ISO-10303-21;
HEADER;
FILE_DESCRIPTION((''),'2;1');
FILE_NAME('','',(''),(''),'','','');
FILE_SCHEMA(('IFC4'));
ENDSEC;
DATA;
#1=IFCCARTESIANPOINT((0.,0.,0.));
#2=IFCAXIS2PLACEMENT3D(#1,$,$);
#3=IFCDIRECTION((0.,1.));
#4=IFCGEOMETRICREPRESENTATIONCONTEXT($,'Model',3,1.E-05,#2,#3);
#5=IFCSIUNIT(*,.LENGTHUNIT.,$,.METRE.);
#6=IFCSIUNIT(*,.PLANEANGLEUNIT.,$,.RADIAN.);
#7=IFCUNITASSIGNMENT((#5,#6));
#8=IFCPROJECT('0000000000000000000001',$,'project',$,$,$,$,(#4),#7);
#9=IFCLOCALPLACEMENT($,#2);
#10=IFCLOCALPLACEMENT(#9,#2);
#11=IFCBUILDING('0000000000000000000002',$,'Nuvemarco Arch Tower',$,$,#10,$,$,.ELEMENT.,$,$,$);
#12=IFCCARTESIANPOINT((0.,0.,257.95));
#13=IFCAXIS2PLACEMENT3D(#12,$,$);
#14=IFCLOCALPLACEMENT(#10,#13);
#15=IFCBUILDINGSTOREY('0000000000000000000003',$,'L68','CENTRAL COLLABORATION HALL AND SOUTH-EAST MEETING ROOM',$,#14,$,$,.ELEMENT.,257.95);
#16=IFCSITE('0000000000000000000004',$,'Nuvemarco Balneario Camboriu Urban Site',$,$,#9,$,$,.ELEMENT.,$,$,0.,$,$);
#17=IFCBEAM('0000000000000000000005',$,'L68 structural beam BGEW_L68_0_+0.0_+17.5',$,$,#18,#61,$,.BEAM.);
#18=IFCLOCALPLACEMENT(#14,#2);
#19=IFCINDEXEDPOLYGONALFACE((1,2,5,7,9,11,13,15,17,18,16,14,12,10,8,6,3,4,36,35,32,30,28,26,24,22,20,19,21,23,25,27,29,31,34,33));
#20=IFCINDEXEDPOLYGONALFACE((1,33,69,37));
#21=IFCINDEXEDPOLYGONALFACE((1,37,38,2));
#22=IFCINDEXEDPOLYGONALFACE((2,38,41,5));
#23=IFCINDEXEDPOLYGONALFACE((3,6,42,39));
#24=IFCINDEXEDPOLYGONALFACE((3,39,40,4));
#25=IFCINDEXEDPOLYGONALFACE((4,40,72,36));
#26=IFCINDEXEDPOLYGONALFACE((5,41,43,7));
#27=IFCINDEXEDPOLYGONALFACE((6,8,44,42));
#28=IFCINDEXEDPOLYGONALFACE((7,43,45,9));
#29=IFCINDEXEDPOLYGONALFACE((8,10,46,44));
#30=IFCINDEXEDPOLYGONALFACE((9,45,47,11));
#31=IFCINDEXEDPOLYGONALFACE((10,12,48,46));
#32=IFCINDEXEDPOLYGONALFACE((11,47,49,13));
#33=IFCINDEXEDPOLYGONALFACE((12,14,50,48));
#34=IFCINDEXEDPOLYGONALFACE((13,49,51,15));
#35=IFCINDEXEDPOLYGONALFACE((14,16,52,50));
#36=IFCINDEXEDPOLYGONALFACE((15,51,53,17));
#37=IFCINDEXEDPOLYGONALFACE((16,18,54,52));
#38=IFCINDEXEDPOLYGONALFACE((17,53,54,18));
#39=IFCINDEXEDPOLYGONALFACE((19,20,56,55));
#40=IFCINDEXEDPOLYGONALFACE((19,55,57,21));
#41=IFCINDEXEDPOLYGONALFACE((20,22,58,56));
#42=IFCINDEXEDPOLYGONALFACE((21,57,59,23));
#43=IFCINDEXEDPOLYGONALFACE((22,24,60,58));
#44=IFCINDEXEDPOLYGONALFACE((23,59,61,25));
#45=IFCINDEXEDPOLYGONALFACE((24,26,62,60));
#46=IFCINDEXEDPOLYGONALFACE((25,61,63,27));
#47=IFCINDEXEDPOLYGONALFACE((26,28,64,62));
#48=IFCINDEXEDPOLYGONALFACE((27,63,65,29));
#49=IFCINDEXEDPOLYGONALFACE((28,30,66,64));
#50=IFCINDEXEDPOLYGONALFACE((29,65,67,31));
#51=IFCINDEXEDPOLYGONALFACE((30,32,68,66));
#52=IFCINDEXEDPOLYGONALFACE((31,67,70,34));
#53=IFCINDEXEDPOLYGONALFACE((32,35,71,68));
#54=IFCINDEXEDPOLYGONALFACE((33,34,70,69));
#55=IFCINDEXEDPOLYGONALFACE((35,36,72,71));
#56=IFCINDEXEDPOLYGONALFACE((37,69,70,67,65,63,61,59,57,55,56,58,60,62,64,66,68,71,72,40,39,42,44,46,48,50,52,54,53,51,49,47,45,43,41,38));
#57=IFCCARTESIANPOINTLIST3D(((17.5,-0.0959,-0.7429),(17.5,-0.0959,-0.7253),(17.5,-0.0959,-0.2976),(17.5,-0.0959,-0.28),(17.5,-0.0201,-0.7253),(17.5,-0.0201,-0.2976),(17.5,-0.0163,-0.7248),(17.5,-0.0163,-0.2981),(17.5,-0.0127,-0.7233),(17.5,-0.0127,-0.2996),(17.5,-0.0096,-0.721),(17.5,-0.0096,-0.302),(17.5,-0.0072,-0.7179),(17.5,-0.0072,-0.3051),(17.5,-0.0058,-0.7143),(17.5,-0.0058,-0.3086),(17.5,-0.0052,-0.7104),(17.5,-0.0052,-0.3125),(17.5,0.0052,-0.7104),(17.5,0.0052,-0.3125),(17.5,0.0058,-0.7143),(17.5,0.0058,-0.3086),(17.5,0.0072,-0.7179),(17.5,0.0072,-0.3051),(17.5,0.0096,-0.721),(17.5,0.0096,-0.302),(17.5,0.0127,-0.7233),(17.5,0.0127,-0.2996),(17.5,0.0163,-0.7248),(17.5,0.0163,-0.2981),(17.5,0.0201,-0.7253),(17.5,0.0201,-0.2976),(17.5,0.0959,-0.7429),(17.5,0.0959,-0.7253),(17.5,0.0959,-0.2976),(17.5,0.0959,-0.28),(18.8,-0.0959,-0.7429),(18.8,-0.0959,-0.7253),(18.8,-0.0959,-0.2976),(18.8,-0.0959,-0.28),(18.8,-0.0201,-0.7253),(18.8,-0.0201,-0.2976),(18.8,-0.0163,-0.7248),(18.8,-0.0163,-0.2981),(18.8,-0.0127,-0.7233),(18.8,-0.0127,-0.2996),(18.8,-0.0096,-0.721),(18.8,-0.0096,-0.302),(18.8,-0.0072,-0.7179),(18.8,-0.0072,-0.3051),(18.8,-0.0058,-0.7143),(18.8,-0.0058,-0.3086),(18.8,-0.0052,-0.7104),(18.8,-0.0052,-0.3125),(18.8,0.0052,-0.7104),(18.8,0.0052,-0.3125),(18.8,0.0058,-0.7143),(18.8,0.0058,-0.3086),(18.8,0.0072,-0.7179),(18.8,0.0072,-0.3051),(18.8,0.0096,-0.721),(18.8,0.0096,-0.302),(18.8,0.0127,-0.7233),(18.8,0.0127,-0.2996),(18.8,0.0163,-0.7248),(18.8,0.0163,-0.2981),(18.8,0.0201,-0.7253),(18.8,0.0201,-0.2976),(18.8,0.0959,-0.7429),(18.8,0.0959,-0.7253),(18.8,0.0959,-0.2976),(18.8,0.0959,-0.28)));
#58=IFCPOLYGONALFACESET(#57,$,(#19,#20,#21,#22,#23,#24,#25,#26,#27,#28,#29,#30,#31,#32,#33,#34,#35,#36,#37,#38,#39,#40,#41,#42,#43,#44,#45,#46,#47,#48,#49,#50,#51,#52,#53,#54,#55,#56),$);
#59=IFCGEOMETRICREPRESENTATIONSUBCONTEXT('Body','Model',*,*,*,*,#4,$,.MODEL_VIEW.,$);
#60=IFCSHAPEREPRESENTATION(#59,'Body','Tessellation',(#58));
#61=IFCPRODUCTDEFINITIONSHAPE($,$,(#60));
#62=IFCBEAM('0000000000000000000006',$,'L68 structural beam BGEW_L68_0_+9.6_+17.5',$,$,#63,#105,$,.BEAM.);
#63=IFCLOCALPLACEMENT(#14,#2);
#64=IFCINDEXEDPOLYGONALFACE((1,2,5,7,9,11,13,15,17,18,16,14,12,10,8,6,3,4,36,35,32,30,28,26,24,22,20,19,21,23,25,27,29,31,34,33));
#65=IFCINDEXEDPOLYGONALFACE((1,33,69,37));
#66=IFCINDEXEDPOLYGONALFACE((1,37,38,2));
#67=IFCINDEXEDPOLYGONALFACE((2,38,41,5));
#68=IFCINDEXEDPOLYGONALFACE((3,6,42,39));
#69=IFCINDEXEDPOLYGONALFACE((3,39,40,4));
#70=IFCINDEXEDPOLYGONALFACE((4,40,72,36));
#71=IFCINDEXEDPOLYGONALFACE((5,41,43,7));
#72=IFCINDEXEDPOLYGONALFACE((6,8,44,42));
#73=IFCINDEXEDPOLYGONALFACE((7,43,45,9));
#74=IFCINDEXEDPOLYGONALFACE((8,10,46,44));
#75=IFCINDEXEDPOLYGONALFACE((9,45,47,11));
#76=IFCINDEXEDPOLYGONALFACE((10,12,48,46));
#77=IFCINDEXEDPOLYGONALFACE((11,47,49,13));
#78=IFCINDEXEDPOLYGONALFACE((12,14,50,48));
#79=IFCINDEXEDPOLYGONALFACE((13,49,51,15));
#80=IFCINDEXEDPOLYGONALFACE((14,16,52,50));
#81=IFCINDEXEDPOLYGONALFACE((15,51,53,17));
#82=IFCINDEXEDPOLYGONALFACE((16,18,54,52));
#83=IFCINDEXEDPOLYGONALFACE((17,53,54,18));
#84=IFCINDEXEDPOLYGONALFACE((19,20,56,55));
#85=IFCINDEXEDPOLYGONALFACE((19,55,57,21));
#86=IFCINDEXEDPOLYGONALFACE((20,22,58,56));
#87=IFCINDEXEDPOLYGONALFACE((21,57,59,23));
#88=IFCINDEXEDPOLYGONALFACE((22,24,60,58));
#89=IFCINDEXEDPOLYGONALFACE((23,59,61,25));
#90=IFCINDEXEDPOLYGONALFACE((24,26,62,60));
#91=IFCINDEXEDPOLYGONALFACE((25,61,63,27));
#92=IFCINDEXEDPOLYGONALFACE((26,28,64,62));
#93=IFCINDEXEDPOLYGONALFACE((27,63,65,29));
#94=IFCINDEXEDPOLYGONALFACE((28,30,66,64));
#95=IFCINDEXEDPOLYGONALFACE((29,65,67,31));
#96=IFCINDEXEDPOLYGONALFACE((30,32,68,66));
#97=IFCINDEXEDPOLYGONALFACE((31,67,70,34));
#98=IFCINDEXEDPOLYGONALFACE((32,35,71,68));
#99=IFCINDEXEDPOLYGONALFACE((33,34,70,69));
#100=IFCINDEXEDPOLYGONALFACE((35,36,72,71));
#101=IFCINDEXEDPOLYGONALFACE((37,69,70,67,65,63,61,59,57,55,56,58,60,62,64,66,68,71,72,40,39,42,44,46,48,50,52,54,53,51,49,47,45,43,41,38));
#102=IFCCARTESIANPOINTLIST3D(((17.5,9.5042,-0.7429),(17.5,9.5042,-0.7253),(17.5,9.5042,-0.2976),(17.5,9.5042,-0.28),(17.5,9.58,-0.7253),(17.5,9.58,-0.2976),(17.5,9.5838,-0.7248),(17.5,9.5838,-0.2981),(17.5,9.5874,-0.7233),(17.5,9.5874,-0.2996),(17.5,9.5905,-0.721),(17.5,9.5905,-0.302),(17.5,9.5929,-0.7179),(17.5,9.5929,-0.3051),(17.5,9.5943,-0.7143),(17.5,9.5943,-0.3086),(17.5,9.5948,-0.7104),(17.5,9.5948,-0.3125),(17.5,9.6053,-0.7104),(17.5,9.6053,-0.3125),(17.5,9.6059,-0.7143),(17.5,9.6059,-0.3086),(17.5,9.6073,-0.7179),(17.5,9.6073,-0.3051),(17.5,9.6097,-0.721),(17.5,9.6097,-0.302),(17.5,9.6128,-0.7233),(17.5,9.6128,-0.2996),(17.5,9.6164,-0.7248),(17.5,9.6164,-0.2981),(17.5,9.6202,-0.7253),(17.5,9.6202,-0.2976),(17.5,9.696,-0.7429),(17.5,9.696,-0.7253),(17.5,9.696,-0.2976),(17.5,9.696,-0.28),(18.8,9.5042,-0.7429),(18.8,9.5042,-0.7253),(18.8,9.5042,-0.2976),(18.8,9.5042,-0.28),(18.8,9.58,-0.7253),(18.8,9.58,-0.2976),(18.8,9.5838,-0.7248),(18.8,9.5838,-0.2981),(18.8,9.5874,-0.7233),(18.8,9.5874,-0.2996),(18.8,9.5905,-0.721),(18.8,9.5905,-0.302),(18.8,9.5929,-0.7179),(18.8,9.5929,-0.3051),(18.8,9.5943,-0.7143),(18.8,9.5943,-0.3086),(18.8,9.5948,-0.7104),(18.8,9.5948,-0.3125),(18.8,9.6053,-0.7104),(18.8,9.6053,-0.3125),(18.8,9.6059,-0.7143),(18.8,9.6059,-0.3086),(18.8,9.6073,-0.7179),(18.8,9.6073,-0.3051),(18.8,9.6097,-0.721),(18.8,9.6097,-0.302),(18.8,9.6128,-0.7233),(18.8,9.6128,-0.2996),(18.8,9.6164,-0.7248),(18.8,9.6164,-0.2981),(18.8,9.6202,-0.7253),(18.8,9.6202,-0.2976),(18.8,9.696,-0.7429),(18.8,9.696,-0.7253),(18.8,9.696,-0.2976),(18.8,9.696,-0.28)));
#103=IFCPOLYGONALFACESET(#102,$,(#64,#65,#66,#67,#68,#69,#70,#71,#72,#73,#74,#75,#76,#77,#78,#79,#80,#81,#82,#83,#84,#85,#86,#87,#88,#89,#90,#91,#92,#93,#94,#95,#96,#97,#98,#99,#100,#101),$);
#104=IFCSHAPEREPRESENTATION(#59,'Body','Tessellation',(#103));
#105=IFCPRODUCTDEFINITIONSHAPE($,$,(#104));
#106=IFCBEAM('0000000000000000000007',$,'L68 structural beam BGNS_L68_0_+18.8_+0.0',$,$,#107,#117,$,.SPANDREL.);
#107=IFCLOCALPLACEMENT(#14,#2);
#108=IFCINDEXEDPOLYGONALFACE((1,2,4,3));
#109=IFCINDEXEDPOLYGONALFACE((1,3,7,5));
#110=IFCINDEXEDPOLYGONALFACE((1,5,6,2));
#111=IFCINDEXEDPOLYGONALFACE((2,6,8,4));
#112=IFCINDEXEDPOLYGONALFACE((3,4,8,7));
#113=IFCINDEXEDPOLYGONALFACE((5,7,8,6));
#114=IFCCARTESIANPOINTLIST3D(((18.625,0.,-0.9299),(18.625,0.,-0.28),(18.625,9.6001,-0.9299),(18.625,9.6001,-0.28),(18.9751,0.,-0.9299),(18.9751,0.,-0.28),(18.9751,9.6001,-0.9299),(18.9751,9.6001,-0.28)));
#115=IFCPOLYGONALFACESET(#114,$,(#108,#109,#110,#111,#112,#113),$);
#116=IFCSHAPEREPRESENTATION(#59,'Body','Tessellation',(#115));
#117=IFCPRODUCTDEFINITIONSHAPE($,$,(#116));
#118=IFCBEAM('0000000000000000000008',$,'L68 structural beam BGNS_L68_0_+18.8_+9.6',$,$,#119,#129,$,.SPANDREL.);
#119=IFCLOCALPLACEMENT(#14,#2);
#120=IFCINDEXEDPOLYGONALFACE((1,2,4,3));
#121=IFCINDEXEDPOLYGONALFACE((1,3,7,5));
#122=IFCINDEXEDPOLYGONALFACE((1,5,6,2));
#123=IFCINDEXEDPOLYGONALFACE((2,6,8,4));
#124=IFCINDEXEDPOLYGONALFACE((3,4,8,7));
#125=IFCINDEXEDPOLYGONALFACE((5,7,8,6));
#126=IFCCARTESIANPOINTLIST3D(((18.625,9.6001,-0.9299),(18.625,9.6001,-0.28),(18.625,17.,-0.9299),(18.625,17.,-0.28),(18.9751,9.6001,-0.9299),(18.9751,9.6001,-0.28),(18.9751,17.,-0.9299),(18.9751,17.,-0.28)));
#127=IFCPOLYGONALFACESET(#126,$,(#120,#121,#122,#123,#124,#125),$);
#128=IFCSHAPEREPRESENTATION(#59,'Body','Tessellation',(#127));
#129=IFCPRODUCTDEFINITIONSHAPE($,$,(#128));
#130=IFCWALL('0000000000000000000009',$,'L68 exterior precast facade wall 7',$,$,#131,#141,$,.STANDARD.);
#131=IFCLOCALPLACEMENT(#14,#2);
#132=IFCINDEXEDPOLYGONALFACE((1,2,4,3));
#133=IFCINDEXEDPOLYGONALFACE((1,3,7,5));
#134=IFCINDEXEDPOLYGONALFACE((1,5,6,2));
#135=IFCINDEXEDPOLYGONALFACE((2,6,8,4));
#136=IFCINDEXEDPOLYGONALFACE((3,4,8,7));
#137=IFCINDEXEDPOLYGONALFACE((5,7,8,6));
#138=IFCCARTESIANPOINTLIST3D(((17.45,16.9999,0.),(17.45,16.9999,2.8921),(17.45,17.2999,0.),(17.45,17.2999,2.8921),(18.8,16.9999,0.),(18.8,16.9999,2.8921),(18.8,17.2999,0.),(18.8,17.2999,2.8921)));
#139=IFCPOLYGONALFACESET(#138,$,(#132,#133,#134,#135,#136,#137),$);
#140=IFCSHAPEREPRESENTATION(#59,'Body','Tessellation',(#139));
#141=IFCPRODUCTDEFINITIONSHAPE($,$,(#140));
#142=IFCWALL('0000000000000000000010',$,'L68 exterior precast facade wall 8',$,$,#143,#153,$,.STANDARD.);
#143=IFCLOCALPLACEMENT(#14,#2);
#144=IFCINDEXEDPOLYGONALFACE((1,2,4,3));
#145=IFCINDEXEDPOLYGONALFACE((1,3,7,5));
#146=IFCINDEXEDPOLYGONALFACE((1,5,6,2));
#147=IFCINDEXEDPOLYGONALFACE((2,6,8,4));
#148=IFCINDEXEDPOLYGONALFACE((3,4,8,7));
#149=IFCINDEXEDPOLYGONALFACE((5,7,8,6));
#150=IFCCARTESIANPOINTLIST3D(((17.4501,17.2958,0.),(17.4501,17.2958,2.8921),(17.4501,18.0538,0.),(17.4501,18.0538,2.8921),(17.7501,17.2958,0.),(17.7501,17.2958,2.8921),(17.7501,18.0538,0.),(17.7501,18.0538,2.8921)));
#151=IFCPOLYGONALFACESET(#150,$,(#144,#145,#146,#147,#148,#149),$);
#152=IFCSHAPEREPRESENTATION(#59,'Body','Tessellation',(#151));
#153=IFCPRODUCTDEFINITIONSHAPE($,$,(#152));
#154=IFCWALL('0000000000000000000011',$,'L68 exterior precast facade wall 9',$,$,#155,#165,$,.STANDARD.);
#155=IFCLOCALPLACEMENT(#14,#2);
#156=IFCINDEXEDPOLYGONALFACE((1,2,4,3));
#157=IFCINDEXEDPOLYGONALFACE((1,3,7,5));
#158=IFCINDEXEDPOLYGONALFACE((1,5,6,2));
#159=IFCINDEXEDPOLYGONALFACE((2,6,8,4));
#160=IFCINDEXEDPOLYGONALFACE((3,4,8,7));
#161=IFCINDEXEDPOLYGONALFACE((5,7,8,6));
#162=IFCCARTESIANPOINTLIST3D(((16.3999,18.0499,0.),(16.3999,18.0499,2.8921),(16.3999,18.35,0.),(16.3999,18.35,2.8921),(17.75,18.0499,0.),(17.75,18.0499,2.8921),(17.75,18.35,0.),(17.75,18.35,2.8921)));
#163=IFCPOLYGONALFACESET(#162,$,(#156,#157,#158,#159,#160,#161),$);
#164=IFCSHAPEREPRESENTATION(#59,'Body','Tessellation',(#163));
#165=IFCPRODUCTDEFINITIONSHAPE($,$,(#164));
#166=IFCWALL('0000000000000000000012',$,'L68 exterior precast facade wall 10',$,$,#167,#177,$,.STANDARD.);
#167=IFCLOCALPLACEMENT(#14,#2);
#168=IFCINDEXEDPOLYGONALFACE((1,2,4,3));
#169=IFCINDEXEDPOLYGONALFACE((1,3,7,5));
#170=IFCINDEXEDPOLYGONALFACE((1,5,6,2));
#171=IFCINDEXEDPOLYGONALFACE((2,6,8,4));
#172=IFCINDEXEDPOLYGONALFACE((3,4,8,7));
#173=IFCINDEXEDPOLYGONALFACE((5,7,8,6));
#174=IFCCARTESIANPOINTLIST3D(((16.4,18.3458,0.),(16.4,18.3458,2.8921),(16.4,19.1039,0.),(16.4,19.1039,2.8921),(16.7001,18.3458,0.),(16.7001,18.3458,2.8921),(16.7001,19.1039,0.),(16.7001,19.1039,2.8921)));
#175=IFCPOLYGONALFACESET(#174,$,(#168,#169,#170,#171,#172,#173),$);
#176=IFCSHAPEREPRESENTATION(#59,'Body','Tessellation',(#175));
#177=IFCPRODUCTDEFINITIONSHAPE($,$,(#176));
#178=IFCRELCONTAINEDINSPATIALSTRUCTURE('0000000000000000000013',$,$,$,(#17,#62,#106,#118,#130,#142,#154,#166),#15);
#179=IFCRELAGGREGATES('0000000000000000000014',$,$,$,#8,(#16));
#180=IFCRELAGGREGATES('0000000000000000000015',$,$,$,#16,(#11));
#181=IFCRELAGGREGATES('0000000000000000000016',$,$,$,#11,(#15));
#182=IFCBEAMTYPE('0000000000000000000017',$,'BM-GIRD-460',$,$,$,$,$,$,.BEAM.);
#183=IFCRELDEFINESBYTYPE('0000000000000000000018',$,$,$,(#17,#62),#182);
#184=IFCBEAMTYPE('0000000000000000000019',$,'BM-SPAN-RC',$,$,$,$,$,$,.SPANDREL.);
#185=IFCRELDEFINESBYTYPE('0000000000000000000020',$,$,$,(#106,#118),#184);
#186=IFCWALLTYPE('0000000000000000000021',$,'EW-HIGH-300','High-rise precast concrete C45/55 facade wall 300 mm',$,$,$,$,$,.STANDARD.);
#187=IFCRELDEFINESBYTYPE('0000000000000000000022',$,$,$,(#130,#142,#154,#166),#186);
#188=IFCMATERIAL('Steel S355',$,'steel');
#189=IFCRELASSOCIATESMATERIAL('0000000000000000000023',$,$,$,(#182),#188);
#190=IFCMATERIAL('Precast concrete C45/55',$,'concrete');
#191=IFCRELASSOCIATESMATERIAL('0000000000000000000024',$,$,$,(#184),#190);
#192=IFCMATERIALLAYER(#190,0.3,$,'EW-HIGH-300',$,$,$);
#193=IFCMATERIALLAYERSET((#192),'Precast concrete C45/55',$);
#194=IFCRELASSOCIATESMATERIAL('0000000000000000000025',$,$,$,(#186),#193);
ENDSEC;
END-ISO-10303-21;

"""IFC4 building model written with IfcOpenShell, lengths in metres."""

from ifc_helpers import new_model, si_unit, direction, frame, frame_2d, origin, origin_2d, place, context, subcontext, project, spatial, rectangle, i_section, extrude, material, layer, layer_set, material_profile, profile_set, type_object, element, save


model = new_model("IFC4")

# Units and contexts
model_context = context("Model", 3, precision=1e-05, world=origin(), true_north=direction((0.0, 1.0)))
body_context = subcontext(model_context, "Body", "Model", "MODEL_VIEW")
ifc_project = project(units=[si_unit("LENGTHUNIT", "METRE"), si_unit("PLANEANGLEUNIT", "RADIAN")], contexts=[model_context])

# Site, building, storey
site_placement = place(None, origin())
site = spatial("IfcSite", under=ifc_project, at=site_placement, Name="Nuvemarco Balneario Camboriu Urban Site", CompositionType="ELEMENT", RefElevation=0.0)
building_placement = place(site_placement, origin())
building = spatial("IfcBuilding", under=site, at=building_placement, Name="Nuvemarco Arch Tower", CompositionType="ELEMENT")
storey_placement = place(building_placement, frame((0.0, 0.0, 257.95)))
storey = spatial("IfcBuildingStorey", under=building, at=storey_placement, Name="L68", Description="CENTRAL COLLABORATION HALL AND SOUTH-EAST MEETING ROOM", CompositionType="ELEMENT", Elevation=257.95)

# Shared definitions
ifc_material_1 = material(Name="Steel S355", Category="steel")

# Beams
ifc_material_profile_1 = material_profile(ifc_material_1, i_section(OverallWidth=0.1919, OverallDepth=0.4629, WebThickness=0.0105, FlangeThickness=0.0176, FilletRadius=0.0149, at=origin_2d()), Name="W460x89")
ifc_profile_set_1 = profile_set([ifc_material_profile_1], Name="Steel S355")
beam_type_1 = type_object("IfcBeamType", Name="BM-GIRD-460", PredefinedType="BEAM", material=ifc_profile_set_1)
for number, where, z_axis, x_axis, name in (
    (1, (17.5, 0.0, -0.5115), (1.0, 0.0, 0.0), (0.0, 1.0, 0.0), "L68 structural beam BGEW_L68_0_+0.0_+17.5"),
    (2, (17.5, 9.6001, -0.5115), (1.0, 0.0, 0.0), (0.0, 1.0, 0.0), "L68 structural beam BGEW_L68_0_+9.6_+17.5"),
):
    element("IfcBeam", number, at=place(storey_placement, frame(where, z_axis=z_axis, x_axis=x_axis)), inside=storey, type_object=beam_type_1, Name=name, PredefinedType="BEAM", context=body_context, shape_type="SweptSolid", body=[
        extrude(i_section(OverallWidth=0.1919, OverallDepth=0.4629, WebThickness=0.0105, FlangeThickness=0.0176, FilletRadius=0.0149, at=origin_2d()), origin(), (0.0, 0.0, 1.0), 1.3),
    ])
ifc_material_2 = material(Name="Precast concrete C45/55", Category="concrete")
ifc_material_profile_2 = material_profile(ifc_material_2, rectangle(XDim=0.3501, YDim=0.6499, at=origin_2d()), Name="PC-SP-350x650")
ifc_profile_set_2 = profile_set([ifc_material_profile_2], Name="Precast concrete C45/55")
beam_type_2 = type_object("IfcBeamType", Name="BM-SPAN-RC", PredefinedType="SPANDREL", material=ifc_profile_set_2)
beam_1_placement = place(storey_placement, frame((18.8, 0.0, -0.605), z_axis=(0.0, 1.0, 0.0), x_axis=(-1.0, 0.0, 0.0)))
element("IfcBeam", 3, at=beam_1_placement, inside=storey, type_object=beam_type_2, Name="L68 structural beam BGNS_L68_0_+18.8_+0.0", PredefinedType="SPANDREL", context=body_context, shape_type="SweptSolid", body=[
    extrude(rectangle(XDim=0.3501, YDim=0.6499, at=origin_2d()), origin(), (0.0, 0.0, 1.0), 9.6001),
])
beam_2_placement = place(storey_placement, frame((18.8, 9.6001, -0.605), z_axis=(0.0, 1.0, 0.0), x_axis=(-1.0, 0.0, 0.0)))
element("IfcBeam", 4, at=beam_2_placement, inside=storey, type_object=beam_type_2, Name="L68 structural beam BGNS_L68_0_+18.8_+9.6", PredefinedType="SPANDREL", context=body_context, shape_type="SweptSolid", body=[
    extrude(rectangle(XDim=0.3501, YDim=0.6499, at=origin_2d()), origin(), (0.0, 0.0, 1.0), 7.3999),
])

# Walls
ifc_layer_1 = layer(ifc_material_2, 0.3, Name="EW-HIGH-300")
ifc_layer_set_1 = layer_set([ifc_layer_1], Name="Precast concrete C45/55")
wall_type_1 = type_object("IfcWallType", Name="EW-HIGH-300", Description="High-rise precast concrete C45/55 facade wall 300 mm", PredefinedType="STANDARD", material=ifc_layer_set_1)
wall_1_placement = place(storey_placement, frame((17.45, 17.1499, 0.0), z_axis=(0.0, 0.0, 1.0), x_axis=(1.0, 0.0, 0.0)))
element("IfcWall", 5, at=wall_1_placement, inside=storey, type_object=wall_type_1, Name="L68 exterior precast facade wall 7", PredefinedType="STANDARD", context=body_context, shape_type="SweptSolid", body=[
    extrude(rectangle(XDim=1.3501, YDim=0.3, at=frame_2d((0.675, 0.0))), origin(), (0.0, 0.0, 1.0), 2.8921),
])
wall_2_placement = place(storey_placement, frame((17.6001, 17.2959, 0.0), z_axis=(0.0, 0.0, 1.0), x_axis=(0.0, 1.0, 0.0)))
element("IfcWall", 6, at=wall_2_placement, inside=storey, type_object=wall_type_1, Name="L68 exterior precast facade wall 8", PredefinedType="STANDARD", context=body_context, shape_type="SweptSolid", body=[
    extrude(rectangle(XDim=0.7581, YDim=0.3, at=frame_2d((0.3789, 0.0))), origin(), (0.0, 0.0, 1.0), 2.8921),
])
wall_3_placement = place(storey_placement, frame((16.3999, 18.2, 0.0), z_axis=(0.0, 0.0, 1.0), x_axis=(1.0, 0.0, 0.0)))
element("IfcWall", 7, at=wall_3_placement, inside=storey, type_object=wall_type_1, Name="L68 exterior precast facade wall 9", PredefinedType="STANDARD", context=body_context, shape_type="SweptSolid", body=[
    extrude(rectangle(XDim=1.3501, YDim=0.3, at=frame_2d((0.675, 0.0))), origin(), (0.0, 0.0, 1.0), 2.8921),
])
wall_4_placement = place(storey_placement, frame((16.55, 18.3459, 0.0), z_axis=(0.0, 0.0, 1.0), x_axis=(0.0, 1.0, 0.0)))
element("IfcWall", 8, at=wall_4_placement, inside=storey, type_object=wall_type_1, Name="L68 exterior precast facade wall 10", PredefinedType="STANDARD", context=body_context, shape_type="SweptSolid", body=[
    extrude(rectangle(XDim=0.7581, YDim=0.3, at=frame_2d((0.3789, 0.0))), origin(), (0.0, 0.0, 1.0), 2.8921),
])

save(model, "model.ifc")
